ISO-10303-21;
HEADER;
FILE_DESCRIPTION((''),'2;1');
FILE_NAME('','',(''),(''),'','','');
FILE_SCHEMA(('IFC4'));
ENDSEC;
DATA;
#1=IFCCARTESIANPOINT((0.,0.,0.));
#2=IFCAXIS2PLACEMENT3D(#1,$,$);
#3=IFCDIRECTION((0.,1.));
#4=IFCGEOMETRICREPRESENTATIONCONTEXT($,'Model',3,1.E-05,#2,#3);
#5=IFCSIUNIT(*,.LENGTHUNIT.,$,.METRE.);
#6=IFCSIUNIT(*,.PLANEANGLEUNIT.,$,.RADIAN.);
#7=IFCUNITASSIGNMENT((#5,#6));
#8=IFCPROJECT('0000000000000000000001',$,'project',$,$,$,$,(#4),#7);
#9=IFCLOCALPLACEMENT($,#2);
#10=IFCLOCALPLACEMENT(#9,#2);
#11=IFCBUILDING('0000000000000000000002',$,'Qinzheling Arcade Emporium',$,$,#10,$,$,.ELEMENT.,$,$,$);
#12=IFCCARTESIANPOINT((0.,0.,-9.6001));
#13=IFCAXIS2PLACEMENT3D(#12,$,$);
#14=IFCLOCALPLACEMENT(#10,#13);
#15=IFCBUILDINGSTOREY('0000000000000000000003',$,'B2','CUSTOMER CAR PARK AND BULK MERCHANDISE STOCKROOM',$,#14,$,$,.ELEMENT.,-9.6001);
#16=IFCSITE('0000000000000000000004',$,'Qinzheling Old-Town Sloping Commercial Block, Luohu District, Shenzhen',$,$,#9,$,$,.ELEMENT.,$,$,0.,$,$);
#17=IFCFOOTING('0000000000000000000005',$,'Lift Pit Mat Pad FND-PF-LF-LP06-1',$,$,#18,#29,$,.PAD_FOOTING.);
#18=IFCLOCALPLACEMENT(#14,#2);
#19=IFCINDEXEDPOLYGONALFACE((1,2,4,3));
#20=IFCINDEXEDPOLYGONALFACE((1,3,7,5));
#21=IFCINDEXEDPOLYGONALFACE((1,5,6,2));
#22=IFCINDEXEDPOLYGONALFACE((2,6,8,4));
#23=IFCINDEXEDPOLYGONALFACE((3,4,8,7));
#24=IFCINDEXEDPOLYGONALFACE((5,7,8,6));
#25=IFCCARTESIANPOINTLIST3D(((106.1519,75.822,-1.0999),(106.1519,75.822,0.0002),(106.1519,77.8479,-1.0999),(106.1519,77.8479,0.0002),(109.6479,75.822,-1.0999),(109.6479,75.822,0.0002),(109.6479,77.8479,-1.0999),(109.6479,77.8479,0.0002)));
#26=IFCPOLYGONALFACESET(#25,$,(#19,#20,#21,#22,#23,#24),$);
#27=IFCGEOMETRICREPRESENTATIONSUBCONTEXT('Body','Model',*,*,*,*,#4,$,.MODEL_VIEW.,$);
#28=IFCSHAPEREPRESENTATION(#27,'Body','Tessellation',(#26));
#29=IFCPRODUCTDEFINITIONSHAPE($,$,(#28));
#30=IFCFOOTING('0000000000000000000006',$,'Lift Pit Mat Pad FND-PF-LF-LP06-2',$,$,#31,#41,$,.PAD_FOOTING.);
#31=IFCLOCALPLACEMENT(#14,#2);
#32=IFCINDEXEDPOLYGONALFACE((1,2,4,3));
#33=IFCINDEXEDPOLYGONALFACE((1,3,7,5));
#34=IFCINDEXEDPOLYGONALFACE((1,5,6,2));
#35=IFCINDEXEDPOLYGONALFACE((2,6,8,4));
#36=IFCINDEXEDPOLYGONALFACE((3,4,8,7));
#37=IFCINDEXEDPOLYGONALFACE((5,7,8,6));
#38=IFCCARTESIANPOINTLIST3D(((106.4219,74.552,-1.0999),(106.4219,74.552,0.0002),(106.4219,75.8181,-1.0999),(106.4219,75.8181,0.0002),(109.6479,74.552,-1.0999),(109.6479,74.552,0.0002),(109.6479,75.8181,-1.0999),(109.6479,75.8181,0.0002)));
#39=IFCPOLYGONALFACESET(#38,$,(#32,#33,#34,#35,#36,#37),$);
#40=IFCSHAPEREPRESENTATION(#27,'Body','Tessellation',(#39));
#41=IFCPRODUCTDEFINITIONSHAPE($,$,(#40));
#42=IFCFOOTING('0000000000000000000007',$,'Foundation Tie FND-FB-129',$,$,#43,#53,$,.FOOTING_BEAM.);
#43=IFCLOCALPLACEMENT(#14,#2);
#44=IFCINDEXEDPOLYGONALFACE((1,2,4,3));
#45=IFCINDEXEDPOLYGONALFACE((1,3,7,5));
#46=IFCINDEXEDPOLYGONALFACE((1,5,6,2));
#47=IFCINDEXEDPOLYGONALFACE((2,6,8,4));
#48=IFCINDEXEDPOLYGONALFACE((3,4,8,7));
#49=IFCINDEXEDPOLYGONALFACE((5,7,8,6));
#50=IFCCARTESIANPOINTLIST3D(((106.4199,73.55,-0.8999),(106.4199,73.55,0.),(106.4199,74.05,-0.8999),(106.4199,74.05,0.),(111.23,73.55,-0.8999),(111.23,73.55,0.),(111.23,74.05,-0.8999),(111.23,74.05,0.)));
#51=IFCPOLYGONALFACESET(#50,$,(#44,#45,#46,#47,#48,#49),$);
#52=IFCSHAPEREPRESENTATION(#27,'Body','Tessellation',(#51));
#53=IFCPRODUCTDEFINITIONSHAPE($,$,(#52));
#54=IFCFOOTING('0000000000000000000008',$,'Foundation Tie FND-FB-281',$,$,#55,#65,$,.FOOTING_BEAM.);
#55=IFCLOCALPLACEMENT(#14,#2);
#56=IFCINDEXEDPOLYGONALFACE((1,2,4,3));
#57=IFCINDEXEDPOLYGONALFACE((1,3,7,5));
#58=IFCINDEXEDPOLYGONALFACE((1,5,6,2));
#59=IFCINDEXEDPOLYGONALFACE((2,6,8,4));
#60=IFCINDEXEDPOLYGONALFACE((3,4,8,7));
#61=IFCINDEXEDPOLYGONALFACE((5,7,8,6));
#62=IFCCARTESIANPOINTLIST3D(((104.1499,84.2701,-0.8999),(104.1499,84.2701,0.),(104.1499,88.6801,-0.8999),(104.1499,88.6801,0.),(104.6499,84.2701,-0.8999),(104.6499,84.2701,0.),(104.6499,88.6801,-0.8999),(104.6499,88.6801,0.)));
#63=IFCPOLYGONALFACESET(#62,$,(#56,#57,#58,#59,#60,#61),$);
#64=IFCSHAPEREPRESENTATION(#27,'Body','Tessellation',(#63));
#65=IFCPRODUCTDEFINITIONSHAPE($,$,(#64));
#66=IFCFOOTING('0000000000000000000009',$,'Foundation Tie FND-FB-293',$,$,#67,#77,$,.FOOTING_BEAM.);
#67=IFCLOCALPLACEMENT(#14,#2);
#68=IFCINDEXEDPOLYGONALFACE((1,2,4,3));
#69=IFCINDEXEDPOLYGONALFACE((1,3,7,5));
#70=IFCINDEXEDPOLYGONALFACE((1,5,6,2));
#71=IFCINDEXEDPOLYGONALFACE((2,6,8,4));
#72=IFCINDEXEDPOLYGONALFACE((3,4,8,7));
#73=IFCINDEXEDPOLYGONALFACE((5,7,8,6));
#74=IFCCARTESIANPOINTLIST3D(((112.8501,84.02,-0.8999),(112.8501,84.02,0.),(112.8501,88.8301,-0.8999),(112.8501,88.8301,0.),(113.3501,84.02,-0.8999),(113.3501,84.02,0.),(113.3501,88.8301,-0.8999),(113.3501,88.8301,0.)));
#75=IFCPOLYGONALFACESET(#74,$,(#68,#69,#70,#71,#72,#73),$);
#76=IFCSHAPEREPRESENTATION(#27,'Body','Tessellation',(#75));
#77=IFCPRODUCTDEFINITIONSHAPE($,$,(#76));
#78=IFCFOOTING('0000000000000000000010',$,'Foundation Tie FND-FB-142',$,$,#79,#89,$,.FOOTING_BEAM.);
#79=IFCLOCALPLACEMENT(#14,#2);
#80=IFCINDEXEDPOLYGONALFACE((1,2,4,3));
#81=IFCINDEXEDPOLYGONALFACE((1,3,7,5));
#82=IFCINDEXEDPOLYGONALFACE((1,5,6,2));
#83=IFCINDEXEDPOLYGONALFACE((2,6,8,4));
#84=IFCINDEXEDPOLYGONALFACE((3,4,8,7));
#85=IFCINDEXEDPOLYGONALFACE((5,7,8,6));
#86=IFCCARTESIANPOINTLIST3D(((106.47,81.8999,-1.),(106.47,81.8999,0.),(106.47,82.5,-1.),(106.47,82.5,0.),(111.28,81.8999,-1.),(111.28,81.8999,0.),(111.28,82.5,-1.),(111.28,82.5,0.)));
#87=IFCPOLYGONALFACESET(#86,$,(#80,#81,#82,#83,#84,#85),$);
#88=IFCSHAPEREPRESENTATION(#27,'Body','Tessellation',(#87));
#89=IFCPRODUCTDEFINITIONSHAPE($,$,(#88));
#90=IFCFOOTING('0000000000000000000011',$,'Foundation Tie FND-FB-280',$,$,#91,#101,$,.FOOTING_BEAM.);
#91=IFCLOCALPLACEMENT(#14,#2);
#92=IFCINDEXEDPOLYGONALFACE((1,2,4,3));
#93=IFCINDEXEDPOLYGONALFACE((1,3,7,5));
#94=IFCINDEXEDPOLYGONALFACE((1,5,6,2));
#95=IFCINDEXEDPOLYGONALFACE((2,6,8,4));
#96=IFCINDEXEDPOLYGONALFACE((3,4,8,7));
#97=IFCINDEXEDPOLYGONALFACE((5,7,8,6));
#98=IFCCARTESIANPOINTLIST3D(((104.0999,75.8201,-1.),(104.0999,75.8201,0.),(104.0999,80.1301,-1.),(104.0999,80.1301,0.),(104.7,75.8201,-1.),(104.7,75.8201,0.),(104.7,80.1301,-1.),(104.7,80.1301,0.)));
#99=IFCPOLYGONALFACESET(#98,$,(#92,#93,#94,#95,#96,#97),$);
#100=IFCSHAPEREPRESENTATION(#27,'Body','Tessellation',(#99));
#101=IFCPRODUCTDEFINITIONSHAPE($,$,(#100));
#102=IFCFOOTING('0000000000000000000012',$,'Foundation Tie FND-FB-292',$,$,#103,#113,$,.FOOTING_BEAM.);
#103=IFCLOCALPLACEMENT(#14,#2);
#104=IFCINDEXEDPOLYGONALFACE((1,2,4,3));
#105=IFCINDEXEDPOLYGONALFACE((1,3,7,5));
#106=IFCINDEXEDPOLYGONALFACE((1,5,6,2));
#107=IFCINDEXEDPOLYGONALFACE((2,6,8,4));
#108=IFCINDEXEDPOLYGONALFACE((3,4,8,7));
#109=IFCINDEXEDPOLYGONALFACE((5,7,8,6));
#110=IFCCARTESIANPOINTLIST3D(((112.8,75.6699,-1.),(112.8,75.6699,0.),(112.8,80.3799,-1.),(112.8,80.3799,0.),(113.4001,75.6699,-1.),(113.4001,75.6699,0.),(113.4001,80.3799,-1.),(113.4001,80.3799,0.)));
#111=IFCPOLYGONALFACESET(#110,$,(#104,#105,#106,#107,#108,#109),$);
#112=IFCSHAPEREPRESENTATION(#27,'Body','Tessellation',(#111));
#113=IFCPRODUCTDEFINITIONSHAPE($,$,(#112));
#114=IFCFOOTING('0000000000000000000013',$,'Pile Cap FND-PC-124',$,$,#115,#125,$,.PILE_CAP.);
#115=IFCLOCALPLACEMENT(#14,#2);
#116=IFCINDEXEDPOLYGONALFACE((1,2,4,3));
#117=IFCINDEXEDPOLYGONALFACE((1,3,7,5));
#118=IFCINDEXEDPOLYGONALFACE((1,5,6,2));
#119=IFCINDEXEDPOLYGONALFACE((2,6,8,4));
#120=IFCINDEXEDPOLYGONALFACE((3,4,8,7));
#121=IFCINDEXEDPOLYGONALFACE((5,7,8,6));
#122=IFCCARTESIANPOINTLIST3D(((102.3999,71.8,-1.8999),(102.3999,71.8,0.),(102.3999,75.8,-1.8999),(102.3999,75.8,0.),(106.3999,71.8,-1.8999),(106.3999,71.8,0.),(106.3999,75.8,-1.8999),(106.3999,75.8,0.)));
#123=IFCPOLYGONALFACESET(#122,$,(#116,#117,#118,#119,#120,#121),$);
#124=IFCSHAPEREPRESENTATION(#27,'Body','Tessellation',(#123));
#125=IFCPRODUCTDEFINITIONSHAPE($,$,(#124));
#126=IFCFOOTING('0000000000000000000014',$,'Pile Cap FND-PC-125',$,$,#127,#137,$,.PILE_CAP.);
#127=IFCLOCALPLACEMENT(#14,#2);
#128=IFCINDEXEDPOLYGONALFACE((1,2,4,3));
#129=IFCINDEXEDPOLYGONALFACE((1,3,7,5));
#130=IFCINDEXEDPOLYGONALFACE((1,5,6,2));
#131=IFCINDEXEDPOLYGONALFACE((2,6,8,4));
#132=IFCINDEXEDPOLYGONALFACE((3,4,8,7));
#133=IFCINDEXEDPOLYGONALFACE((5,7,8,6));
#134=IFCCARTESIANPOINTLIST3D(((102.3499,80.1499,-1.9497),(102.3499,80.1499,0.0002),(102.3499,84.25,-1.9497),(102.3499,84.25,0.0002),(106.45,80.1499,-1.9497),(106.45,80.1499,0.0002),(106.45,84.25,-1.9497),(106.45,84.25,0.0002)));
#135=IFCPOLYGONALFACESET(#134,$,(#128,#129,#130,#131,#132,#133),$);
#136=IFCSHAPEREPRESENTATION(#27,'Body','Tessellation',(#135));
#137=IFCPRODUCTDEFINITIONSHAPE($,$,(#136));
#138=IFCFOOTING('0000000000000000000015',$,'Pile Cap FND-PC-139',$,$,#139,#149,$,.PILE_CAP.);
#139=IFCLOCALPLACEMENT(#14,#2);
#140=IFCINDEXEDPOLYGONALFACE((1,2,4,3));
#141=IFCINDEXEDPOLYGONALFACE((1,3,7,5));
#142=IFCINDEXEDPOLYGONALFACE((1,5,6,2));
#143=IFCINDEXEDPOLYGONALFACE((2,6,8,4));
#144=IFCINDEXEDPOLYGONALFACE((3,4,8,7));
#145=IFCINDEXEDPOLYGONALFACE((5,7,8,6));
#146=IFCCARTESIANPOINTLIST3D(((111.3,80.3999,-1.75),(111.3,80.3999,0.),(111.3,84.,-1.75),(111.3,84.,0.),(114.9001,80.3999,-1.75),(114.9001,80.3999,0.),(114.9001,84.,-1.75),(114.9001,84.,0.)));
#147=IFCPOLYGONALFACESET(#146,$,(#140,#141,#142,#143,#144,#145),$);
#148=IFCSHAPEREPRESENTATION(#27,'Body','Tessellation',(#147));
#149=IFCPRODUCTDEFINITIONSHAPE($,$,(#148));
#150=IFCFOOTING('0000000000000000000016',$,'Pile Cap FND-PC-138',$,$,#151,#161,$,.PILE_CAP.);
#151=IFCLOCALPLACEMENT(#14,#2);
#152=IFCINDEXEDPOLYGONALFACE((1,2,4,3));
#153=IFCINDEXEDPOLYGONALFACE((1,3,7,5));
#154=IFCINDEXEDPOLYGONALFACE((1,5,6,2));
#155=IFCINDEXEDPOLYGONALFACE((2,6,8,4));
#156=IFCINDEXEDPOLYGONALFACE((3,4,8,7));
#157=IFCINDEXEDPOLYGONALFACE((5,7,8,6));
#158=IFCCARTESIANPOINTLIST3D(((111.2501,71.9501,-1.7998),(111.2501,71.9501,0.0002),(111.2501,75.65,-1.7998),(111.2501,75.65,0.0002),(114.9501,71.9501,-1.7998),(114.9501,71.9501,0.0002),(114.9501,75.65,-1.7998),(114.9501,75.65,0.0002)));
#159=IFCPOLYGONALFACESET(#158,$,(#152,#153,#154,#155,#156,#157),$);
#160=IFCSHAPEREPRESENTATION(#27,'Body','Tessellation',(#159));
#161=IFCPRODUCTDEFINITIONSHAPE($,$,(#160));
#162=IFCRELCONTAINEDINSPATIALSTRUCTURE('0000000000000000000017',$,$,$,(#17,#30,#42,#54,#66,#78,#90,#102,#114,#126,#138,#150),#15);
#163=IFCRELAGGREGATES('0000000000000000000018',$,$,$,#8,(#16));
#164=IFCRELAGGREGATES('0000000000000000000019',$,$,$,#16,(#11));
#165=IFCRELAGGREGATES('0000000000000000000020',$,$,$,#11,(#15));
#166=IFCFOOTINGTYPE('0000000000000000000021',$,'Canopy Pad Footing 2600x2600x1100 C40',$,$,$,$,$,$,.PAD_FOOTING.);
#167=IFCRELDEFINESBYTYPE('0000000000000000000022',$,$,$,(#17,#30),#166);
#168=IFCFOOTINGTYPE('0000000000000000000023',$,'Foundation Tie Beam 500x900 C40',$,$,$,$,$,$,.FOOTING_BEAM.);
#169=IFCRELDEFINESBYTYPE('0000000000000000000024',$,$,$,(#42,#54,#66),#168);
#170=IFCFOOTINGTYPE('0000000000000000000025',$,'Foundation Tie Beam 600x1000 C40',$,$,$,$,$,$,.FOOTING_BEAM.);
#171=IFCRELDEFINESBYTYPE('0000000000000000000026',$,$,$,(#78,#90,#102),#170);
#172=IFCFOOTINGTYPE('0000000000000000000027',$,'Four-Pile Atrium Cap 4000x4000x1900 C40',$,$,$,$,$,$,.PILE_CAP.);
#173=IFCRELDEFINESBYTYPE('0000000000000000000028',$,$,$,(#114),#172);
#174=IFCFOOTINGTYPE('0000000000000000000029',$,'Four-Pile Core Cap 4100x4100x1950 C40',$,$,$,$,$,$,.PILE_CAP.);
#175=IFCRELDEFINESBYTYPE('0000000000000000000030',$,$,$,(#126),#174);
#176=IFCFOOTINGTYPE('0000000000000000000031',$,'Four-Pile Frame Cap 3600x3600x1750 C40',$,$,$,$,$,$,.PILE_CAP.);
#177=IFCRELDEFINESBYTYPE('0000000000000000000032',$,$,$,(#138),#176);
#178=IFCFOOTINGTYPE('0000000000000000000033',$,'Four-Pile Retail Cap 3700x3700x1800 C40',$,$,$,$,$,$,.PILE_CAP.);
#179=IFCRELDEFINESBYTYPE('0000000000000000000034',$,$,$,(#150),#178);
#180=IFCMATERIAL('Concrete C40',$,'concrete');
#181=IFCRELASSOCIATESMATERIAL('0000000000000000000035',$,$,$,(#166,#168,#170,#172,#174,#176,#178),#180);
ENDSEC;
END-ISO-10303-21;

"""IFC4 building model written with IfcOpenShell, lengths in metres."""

from ifc_helpers import new_model, si_unit, direction, frame, origin, origin_2d, place, context, subcontext, project, spatial, rectangle, extrude, material, type_object, element, save


model = new_model("IFC4")

# Units and contexts
model_context = context("Model", 3, precision=1e-05, world=origin(), true_north=direction((0.0, 1.0)))
body_context = subcontext(model_context, "Body", "Model", "MODEL_VIEW")
ifc_project = project(units=[si_unit("LENGTHUNIT", "METRE"), si_unit("PLANEANGLEUNIT", "RADIAN")], contexts=[model_context])

# Site, building, storey
site_placement = place(None, origin())
site = spatial("IfcSite", under=ifc_project, at=site_placement, Name="Qinzheling Old-Town Sloping Commercial Block, Luohu District, Shenzhen", CompositionType="ELEMENT", RefElevation=0.0)
building_placement = place(site_placement, origin())
building = spatial("IfcBuilding", under=site, at=building_placement, Name="Qinzheling Arcade Emporium", CompositionType="ELEMENT")
storey_placement = place(building_placement, frame((0.0, 0.0, -9.6001)))
storey = spatial("IfcBuildingStorey", under=building, at=storey_placement, Name="B2", Description="CUSTOMER CAR PARK AND BULK MERCHANDISE STOCKROOM", CompositionType="ELEMENT", Elevation=-9.6001)

# Footings
ifc_material_1 = material(Name="Concrete C40", Category="concrete")
footing_type_1 = type_object("IfcFootingType", Name="Canopy Pad Footing 2600x2600x1100 C40", PredefinedType="PAD_FOOTING", material=ifc_material_1)
footing_1_placement = place(storey_placement, frame((107.8999, 76.835, -1.0999), z_axis=(0.0, 0.0, 1.0), x_axis=(1.0, 0.0, 0.0)))
element("IfcFooting", 1, at=footing_1_placement, inside=storey, type_object=footing_type_1, Name="Lift Pit Mat Pad FND-PF-LF-LP06-1", PredefinedType="PAD_FOOTING", context=body_context, shape_type="SweptSolid", body=[
    extrude(rectangle(XDim=3.4961, YDim=2.0259, at=origin_2d()), origin(), (0.0, 0.0, 1.0), 1.1001),
])
footing_2_placement = place(storey_placement, frame((108.0349, 75.1851, -1.0999), z_axis=(0.0, 0.0, 1.0), x_axis=(1.0, 0.0, 0.0)))
element("IfcFooting", 2, at=footing_2_placement, inside=storey, type_object=footing_type_1, Name="Lift Pit Mat Pad FND-PF-LF-LP06-2", PredefinedType="PAD_FOOTING", context=body_context, shape_type="SweptSolid", body=[
    extrude(rectangle(XDim=3.2261, YDim=1.2661, at=origin_2d()), origin(), (0.0, 0.0, 1.0), 1.1001),
])
footing_type_2 = type_object("IfcFootingType", Name="Foundation Tie Beam 500x900 C40", PredefinedType="FOOTING_BEAM", material=ifc_material_1)
footing_3_placement = place(storey_placement, frame((108.825, 73.8, -0.8999), z_axis=(0.0, 0.0, 1.0), x_axis=(1.0, 0.0, 0.0)))
element("IfcFooting", 3, at=footing_3_placement, inside=storey, type_object=footing_type_2, Name="Foundation Tie FND-FB-129", PredefinedType="FOOTING_BEAM", context=body_context, shape_type="SweptSolid", body=[
    extrude(rectangle(XDim=4.8101, YDim=0.5, at=origin_2d()), origin(), (0.0, 0.0, 1.0), 0.8999),
])
footing_4_placement = place(storey_placement, frame((104.3999, 86.4751, -0.8999), z_axis=(0.0, 0.0, 1.0), x_axis=(1.0, 0.0, 0.0)))
element("IfcFooting", 4, at=footing_4_placement, inside=storey, type_object=footing_type_2, Name="Foundation Tie FND-FB-281", PredefinedType="FOOTING_BEAM", context=body_context, shape_type="SweptSolid", body=[
    extrude(rectangle(XDim=0.5, YDim=4.4099, at=origin_2d()), origin(), (0.0, 0.0, 1.0), 0.8999),
])
footing_5_placement = place(storey_placement, frame((113.1001, 86.425, -0.8999), z_axis=(0.0, 0.0, 1.0), x_axis=(1.0, 0.0, 0.0)))
element("IfcFooting", 5, at=footing_5_placement, inside=storey, type_object=footing_type_2, Name="Foundation Tie FND-FB-293", PredefinedType="FOOTING_BEAM", context=body_context, shape_type="SweptSolid", body=[
    extrude(rectangle(XDim=0.5, YDim=4.8101, at=origin_2d()), origin(), (0.0, 0.0, 1.0), 0.8999),
])
footing_type_3 = type_object("IfcFootingType", Name="Foundation Tie Beam 600x1000 C40", PredefinedType="FOOTING_BEAM", material=ifc_material_1)
footing_6_placement = place(storey_placement, frame((108.875, 82.2, -1.0), z_axis=(0.0, 0.0, 1.0), x_axis=(1.0, 0.0, 0.0)))
element("IfcFooting", 6, at=footing_6_placement, inside=storey, type_object=footing_type_3, Name="Foundation Tie FND-FB-142", PredefinedType="FOOTING_BEAM", context=body_context, shape_type="SweptSolid", body=[
    extrude(rectangle(XDim=4.8101, YDim=0.6001, at=origin_2d()), origin(), (0.0, 0.0, 1.0), 1.0),
])
footing_7_placement = place(storey_placement, frame((104.3999, 77.9751, -1.0), z_axis=(0.0, 0.0, 1.0), x_axis=(1.0, 0.0, 0.0)))
element("IfcFooting", 7, at=footing_7_placement, inside=storey, type_object=footing_type_3, Name="Foundation Tie FND-FB-280", PredefinedType="FOOTING_BEAM", context=body_context, shape_type="SweptSolid", body=[
    extrude(rectangle(XDim=0.6001, YDim=4.3101, at=origin_2d()), origin(), (0.0, 0.0, 1.0), 1.0),
])
footing_8_placement = place(storey_placement, frame((113.1001, 78.0249, -1.0), z_axis=(0.0, 0.0, 1.0), x_axis=(1.0, 0.0, 0.0)))
element("IfcFooting", 8, at=footing_8_placement, inside=storey, type_object=footing_type_3, Name="Foundation Tie FND-FB-292", PredefinedType="FOOTING_BEAM", context=body_context, shape_type="SweptSolid", body=[
    extrude(rectangle(XDim=0.6001, YDim=4.71, at=origin_2d()), origin(), (0.0, 0.0, 1.0), 1.0),
])
footing_type_4 = type_object("IfcFootingType", Name="Four-Pile Atrium Cap 4000x4000x1900 C40", PredefinedType="PILE_CAP", material=ifc_material_1)
footing_9_placement = place(storey_placement, frame((104.3999, 73.8, -1.8999), z_axis=(0.0, 0.0, 1.0), x_axis=(1.0, 0.0, 0.0)))
element("IfcFooting", 9, at=footing_9_placement, inside=storey, type_object=footing_type_4, Name="Pile Cap FND-PC-124", PredefinedType="PILE_CAP", context=body_context, shape_type="SweptSolid", body=[
    extrude(rectangle(XDim=4.0, YDim=4.0, at=origin_2d()), origin(), (0.0, 0.0, 1.0), 1.8999),
])
footing_type_5 = type_object("IfcFootingType", Name="Four-Pile Core Cap 4100x4100x1950 C40", PredefinedType="PILE_CAP", material=ifc_material_1)
footing_10_placement = place(storey_placement, frame((104.3999, 82.2, -1.9497), z_axis=(0.0, 0.0, 1.0), x_axis=(1.0, 0.0, 0.0)))
element("IfcFooting", 10, at=footing_10_placement, inside=storey, type_object=footing_type_5, Name="Pile Cap FND-PC-125", PredefinedType="PILE_CAP", context=body_context, shape_type="SweptSolid", body=[
    extrude(rectangle(XDim=4.1001, YDim=4.1001, at=origin_2d()), origin(), (0.0, 0.0, 1.0), 1.95),
])
footing_type_6 = type_object("IfcFootingType", Name="Four-Pile Frame Cap 3600x3600x1750 C40", PredefinedType="PILE_CAP", material=ifc_material_1)
footing_11_placement = place(storey_placement, frame((113.1001, 82.2, -1.75), z_axis=(0.0, 0.0, 1.0), x_axis=(1.0, 0.0, 0.0)))
element("IfcFooting", 11, at=footing_11_placement, inside=storey, type_object=footing_type_6, Name="Pile Cap FND-PC-139", PredefinedType="PILE_CAP", context=body_context, shape_type="SweptSolid", body=[
    extrude(rectangle(XDim=3.6001, YDim=3.6001, at=origin_2d()), origin(), (0.0, 0.0, 1.0), 1.75),
])
footing_type_7 = type_object("IfcFootingType", Name="Four-Pile Retail Cap 3700x3700x1800 C40", PredefinedType="PILE_CAP", material=ifc_material_1)
footing_12_placement = place(storey_placement, frame((113.1001, 73.8, -1.7998), z_axis=(0.0, 0.0, 1.0), x_axis=(1.0, 0.0, 0.0)))
element("IfcFooting", 12, at=footing_12_placement, inside=storey, type_object=footing_type_7, Name="Pile Cap FND-PC-138", PredefinedType="PILE_CAP", context=body_context, shape_type="SweptSolid", body=[
    extrude(rectangle(XDim=3.7, YDim=3.7, at=origin_2d()), origin(), (0.0, 0.0, 1.0), 1.8),
])

save(model, "model.ifc")
